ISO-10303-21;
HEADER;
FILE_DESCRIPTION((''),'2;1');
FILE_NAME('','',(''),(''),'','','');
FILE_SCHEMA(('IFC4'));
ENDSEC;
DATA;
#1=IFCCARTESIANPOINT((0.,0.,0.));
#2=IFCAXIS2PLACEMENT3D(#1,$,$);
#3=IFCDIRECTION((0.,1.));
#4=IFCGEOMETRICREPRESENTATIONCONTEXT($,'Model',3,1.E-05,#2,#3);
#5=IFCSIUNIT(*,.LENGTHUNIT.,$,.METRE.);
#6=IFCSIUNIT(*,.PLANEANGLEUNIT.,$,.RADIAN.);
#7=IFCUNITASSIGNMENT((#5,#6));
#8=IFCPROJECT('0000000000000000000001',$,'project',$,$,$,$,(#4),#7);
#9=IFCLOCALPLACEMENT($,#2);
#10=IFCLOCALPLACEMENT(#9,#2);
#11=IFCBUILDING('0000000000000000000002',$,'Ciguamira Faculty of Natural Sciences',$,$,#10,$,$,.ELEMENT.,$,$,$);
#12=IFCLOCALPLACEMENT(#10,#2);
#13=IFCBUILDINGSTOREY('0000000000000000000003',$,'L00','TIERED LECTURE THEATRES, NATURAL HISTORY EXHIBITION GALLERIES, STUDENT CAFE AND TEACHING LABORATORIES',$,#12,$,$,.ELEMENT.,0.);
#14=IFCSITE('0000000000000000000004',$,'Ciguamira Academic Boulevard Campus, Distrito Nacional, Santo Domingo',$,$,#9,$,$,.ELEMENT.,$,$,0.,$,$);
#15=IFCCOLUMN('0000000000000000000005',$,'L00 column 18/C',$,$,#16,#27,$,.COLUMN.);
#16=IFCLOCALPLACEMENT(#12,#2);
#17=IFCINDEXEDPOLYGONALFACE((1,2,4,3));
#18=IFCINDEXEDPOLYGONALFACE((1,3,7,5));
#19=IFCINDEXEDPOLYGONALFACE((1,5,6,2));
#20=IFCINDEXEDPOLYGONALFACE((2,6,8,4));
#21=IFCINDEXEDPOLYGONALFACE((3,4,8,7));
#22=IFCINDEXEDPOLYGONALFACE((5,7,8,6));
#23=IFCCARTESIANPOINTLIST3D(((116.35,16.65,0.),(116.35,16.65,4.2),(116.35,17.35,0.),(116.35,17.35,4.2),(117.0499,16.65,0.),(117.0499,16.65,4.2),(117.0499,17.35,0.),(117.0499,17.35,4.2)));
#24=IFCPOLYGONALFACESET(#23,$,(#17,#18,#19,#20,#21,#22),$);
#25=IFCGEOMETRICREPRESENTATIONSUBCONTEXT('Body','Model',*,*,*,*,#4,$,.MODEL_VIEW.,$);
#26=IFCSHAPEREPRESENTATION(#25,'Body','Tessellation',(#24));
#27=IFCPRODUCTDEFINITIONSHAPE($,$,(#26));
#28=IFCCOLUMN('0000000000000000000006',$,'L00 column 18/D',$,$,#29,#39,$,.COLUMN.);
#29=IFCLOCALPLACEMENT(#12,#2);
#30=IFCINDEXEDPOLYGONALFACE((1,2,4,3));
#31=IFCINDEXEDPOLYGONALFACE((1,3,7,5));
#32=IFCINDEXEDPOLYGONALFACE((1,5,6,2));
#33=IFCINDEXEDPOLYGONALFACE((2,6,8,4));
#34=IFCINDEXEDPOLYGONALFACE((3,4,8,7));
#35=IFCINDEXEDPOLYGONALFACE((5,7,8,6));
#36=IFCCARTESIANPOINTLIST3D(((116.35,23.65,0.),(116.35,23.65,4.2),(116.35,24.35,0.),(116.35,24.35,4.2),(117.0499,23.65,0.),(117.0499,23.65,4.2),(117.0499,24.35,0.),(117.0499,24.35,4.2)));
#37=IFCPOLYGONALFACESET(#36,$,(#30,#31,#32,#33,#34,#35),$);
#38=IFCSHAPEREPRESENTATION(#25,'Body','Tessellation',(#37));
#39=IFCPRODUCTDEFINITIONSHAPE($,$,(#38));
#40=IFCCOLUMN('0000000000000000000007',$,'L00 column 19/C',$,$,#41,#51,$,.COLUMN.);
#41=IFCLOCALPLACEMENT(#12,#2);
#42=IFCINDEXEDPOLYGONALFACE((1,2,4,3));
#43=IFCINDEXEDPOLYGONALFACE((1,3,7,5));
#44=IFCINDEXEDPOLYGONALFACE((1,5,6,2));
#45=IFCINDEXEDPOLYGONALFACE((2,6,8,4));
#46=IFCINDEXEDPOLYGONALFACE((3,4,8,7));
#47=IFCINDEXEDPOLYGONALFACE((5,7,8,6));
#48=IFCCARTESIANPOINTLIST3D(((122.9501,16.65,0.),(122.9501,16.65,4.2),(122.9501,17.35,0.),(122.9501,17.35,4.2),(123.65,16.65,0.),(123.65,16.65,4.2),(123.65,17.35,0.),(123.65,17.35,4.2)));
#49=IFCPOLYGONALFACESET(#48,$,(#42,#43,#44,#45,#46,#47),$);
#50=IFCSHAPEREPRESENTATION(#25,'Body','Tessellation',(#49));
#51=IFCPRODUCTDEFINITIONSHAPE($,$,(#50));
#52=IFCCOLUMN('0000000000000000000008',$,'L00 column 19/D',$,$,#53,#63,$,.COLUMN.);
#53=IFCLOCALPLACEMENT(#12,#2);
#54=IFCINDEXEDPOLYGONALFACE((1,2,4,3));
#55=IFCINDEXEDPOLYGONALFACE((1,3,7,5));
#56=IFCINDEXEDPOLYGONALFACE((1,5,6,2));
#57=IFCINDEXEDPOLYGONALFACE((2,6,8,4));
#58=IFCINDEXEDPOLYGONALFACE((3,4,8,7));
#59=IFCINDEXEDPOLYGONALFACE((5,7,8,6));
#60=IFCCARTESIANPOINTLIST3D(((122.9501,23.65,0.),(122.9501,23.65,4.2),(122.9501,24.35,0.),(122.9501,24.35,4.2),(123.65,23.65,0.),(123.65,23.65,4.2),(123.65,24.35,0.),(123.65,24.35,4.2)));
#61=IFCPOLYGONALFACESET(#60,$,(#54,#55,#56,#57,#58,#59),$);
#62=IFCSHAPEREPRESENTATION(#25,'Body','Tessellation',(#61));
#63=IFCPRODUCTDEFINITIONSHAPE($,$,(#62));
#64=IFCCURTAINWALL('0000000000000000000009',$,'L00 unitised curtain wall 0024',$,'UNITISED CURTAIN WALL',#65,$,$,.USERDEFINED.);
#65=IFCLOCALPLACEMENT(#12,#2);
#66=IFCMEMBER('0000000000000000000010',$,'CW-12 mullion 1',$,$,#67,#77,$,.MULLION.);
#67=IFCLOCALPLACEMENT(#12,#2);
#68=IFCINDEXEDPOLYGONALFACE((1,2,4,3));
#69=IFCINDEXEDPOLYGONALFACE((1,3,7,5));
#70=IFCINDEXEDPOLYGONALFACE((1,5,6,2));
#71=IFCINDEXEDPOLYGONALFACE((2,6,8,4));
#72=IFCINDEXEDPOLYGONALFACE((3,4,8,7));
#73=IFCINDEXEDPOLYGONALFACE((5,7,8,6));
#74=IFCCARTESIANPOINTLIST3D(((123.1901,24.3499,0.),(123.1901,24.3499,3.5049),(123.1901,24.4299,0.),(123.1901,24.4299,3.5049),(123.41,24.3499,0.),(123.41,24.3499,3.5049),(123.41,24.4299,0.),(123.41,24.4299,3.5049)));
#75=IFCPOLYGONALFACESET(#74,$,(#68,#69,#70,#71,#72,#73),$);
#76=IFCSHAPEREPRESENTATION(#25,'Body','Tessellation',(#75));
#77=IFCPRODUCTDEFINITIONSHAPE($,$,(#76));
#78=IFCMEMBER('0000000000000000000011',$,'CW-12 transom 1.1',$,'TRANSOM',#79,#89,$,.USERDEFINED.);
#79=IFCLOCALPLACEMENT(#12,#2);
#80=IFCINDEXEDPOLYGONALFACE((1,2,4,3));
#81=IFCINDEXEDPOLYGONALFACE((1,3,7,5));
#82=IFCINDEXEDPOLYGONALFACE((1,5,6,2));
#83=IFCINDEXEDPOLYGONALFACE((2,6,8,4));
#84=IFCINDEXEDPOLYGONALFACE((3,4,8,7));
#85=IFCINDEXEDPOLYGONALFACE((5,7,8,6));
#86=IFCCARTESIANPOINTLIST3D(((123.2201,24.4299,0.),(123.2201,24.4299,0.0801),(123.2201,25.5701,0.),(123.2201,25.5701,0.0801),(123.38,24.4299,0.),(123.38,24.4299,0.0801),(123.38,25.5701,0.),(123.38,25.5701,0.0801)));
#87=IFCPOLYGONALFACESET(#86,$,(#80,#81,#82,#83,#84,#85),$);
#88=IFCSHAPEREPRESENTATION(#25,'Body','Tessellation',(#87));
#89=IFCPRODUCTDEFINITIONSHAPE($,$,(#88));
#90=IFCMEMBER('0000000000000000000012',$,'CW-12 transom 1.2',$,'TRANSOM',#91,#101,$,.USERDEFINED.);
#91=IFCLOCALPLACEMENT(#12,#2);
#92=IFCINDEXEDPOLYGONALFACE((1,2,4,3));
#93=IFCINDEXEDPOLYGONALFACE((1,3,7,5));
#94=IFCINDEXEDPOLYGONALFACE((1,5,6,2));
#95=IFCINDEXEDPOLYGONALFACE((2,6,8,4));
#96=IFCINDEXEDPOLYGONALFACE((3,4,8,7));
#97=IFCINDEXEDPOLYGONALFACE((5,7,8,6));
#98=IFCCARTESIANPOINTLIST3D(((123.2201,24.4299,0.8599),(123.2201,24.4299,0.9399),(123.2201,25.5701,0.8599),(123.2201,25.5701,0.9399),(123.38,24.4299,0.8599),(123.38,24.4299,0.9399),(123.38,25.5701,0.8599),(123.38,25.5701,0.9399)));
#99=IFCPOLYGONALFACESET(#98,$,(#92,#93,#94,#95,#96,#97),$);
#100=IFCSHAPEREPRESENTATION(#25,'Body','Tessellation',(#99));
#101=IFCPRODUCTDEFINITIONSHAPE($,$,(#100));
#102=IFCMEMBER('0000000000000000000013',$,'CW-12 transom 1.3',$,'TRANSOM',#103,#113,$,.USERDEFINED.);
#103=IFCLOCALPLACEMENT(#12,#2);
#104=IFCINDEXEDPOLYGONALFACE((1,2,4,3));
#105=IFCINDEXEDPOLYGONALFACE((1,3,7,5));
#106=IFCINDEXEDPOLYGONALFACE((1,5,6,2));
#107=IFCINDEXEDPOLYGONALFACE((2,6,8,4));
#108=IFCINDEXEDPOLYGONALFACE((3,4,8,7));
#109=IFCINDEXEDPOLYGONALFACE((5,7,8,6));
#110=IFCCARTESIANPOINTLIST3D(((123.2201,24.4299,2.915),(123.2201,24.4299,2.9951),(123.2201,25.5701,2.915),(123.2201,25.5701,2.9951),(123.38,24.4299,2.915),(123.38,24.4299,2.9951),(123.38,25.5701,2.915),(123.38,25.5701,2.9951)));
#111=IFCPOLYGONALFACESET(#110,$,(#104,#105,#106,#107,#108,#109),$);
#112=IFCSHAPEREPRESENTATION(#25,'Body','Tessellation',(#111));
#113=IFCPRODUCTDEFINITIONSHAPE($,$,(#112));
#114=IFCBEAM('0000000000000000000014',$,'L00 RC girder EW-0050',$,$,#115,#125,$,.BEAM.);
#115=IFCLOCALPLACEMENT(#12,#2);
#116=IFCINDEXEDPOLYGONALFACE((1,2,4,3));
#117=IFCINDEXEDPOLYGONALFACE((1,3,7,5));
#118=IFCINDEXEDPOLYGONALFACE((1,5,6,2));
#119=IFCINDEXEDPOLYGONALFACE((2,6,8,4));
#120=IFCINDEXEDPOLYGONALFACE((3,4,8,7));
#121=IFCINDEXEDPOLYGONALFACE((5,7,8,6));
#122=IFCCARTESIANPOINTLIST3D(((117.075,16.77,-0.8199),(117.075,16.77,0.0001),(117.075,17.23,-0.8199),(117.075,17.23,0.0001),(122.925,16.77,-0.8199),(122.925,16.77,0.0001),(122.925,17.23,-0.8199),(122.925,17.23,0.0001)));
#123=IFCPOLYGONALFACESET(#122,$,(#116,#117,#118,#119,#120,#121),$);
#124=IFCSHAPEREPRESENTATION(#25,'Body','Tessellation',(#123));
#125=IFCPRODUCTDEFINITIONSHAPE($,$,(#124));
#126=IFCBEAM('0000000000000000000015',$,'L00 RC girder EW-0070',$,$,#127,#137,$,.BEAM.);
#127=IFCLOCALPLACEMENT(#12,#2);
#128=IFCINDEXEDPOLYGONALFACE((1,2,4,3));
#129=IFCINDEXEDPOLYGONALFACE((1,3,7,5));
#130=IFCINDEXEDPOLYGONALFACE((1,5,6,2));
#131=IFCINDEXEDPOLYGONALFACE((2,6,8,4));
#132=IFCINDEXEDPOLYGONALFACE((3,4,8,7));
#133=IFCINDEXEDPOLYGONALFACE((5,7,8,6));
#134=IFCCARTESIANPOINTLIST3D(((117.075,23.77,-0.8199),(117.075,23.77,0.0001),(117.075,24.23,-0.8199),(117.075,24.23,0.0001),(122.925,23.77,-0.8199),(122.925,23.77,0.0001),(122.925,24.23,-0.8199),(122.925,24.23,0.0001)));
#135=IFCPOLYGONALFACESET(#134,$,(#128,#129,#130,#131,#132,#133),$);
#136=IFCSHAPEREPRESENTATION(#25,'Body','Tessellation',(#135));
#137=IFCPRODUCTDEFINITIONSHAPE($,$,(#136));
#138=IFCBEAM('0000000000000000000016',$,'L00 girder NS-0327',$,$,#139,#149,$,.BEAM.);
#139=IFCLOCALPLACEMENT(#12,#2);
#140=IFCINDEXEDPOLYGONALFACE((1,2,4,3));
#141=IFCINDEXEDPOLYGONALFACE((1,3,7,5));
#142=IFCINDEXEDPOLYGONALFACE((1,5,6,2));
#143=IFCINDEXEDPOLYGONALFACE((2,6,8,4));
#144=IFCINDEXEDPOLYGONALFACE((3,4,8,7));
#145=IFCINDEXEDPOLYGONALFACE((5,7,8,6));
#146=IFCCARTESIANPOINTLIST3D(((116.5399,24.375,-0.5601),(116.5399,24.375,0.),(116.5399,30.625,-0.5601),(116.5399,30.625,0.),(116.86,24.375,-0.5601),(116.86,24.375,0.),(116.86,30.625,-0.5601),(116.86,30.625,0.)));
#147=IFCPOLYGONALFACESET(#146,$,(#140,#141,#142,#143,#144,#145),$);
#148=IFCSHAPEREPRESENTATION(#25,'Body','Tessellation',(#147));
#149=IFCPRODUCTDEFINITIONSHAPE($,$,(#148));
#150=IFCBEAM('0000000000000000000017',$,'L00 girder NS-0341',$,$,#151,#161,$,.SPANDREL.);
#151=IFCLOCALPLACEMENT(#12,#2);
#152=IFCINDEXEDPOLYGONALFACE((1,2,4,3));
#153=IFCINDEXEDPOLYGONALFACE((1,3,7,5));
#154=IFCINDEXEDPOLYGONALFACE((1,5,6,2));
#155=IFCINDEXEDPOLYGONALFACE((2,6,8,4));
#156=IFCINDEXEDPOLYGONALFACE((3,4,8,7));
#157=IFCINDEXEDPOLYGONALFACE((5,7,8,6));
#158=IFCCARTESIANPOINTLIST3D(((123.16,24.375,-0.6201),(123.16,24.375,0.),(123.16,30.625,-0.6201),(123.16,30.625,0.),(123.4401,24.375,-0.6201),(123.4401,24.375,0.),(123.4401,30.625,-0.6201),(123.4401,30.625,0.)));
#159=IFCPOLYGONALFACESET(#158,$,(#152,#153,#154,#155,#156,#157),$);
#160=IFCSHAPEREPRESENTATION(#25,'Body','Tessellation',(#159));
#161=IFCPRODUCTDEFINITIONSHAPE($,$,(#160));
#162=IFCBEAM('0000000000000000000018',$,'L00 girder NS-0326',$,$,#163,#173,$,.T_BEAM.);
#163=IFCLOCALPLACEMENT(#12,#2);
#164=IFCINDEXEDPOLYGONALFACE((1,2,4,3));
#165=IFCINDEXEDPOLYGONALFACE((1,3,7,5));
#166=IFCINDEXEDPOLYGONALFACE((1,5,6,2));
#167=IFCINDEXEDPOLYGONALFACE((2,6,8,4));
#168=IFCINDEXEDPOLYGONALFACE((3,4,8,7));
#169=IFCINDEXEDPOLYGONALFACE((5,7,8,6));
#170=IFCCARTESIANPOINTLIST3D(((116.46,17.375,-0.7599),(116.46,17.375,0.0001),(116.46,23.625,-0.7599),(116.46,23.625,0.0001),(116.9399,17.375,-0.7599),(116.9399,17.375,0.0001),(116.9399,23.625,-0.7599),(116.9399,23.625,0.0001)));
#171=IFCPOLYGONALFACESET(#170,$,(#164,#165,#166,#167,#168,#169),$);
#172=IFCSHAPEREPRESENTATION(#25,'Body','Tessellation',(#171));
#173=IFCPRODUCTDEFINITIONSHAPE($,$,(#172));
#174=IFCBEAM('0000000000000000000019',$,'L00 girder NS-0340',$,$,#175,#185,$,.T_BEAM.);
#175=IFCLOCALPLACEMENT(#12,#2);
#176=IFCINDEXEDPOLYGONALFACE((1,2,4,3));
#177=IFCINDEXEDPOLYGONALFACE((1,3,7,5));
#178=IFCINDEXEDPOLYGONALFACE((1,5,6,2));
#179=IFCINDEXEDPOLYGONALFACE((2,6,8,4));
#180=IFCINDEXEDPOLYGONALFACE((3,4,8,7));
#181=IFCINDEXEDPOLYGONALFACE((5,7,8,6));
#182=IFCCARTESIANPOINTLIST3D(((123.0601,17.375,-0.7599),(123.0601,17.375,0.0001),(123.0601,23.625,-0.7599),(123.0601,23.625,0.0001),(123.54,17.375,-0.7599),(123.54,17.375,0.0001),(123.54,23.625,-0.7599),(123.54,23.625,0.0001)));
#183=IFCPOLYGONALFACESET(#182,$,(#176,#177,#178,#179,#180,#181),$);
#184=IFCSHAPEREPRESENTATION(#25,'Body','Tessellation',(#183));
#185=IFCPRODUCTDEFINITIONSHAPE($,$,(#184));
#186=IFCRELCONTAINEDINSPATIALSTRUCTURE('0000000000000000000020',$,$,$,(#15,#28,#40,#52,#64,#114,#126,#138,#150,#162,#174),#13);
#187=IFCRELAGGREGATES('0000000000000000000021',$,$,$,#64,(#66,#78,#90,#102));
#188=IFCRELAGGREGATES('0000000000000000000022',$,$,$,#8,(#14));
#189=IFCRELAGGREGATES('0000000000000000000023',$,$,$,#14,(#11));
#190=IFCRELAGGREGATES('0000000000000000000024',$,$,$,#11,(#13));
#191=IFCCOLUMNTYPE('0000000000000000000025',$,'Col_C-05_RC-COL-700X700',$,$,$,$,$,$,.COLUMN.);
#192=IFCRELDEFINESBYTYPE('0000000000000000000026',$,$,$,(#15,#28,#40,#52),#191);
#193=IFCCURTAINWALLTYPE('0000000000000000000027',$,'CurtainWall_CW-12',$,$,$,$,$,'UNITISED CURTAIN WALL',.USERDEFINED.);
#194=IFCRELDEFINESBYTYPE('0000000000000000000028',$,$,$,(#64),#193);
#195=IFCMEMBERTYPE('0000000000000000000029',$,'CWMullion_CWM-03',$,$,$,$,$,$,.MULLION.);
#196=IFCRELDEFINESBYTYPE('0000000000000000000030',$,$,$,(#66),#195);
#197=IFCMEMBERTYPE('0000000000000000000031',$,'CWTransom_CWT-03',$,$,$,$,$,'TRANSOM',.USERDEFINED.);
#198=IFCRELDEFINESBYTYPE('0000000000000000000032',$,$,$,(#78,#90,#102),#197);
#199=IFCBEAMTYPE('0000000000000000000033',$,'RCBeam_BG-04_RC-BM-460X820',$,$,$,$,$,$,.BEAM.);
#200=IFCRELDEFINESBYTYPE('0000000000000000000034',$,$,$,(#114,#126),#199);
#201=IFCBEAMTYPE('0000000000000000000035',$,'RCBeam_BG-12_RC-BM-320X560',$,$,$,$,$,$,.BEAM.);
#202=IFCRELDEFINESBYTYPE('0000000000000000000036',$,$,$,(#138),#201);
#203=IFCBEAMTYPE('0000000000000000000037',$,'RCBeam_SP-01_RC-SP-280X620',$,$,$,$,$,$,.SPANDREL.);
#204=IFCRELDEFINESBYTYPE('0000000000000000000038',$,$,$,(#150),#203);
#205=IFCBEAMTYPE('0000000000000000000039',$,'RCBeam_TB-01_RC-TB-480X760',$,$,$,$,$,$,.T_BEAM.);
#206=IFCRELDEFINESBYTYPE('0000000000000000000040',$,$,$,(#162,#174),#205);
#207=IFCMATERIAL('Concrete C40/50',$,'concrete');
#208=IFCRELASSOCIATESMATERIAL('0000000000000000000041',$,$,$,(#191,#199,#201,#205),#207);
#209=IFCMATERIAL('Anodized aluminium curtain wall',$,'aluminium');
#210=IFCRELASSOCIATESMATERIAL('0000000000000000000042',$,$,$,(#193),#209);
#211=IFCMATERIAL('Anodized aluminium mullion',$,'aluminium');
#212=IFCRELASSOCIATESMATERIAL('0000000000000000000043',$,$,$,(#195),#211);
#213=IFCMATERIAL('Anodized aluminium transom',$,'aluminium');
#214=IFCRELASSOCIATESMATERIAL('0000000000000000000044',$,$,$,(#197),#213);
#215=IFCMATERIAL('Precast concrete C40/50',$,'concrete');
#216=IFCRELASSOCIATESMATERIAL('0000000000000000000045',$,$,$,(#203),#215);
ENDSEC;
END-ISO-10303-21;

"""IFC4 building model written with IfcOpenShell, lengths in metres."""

from ifc_helpers import new_model, si_unit, direction, frame, origin, origin_2d, place, context, subcontext, project, spatial, rectangle, extrude, material, material_profile, profile_set, type_object, element, aggregate, save


model = new_model("IFC4")

# Units and contexts
model_context = context("Model", 3, precision=1e-05, world=origin(), true_north=direction((0.0, 1.0)))
body_context = subcontext(model_context, "Body", "Model", "MODEL_VIEW")
ifc_project = project(units=[si_unit("LENGTHUNIT", "METRE"), si_unit("PLANEANGLEUNIT", "RADIAN")], contexts=[model_context])

# Site, building, storey
site_placement = place(None, origin())
site = spatial("IfcSite", under=ifc_project, at=site_placement, Name="Ciguamira Academic Boulevard Campus, Distrito Nacional, Santo Domingo", CompositionType="ELEMENT", RefElevation=0.0)
building_placement = place(site_placement, origin())
building = spatial("IfcBuilding", under=site, at=building_placement, Name="Ciguamira Faculty of Natural Sciences", CompositionType="ELEMENT")
storey_placement = place(building_placement, origin())
storey = spatial("IfcBuildingStorey", under=building, at=storey_placement, Name="L00", Description="TIERED LECTURE THEATRES, NATURAL HISTORY EXHIBITION GALLERIES, STUDENT CAFE AND TEACHING LABORATORIES", CompositionType="ELEMENT", Elevation=0.0)

# Columns
ifc_material_1 = material(Name="Concrete C40/50", Category="concrete")
ifc_material_profile_1 = material_profile(ifc_material_1, rectangle(XDim=0.7, YDim=0.7, at=origin_2d()), Name="RC-COL-700X700")
ifc_profile_set_1 = profile_set([ifc_material_profile_1], Name="Concrete C40/50")
column_type = type_object("IfcColumnType", Name="Col_C-05_RC-COL-700X700", PredefinedType="COLUMN", material=ifc_profile_set_1)
for number, where, z_axis, x_axis, name in (
    (1, (116.7, 17.0, 0.0), (0.0, 0.0, 1.0), (1.0, 0.0, 0.0), "L00 column 18/C"),
    (2, (116.7, 24.0, 0.0), (0.0, 0.0, 1.0), (1.0, 0.0, 0.0), "L00 column 18/D"),
    (3, (123.3, 17.0, 0.0), (0.0, 0.0, 1.0), (1.0, 0.0, 0.0), "L00 column 19/C"),
    (4, (123.3, 24.0, 0.0), (0.0, 0.0, 1.0), (1.0, 0.0, 0.0), "L00 column 19/D"),
):
    element("IfcColumn", number, at=place(storey_placement, frame(where, z_axis=z_axis, x_axis=x_axis)), inside=storey, type_object=column_type, Name=name, PredefinedType="COLUMN", context=body_context, shape_type="SweptSolid", body=[
        extrude(rectangle(XDim=0.7, YDim=0.7, at=origin_2d()), origin(), (0.0, 0.0, 1.0), 4.2),
    ])

# Curtain wall, members
ifc_material_2 = material(Name="Anodized aluminium curtain wall", Category="aluminium")
curtain_wall_type = type_object("IfcCurtainWallType", Name="CurtainWall_CW-12", ElementType="UNITISED CURTAIN WALL", PredefinedType="USERDEFINED", material=ifc_material_2)
curtain_wall_placement = place(storey_placement, origin())
curtain_wall = element("IfcCurtainWall", 5, at=curtain_wall_placement, inside=storey, type_object=curtain_wall_type, Name="L00 unitised curtain wall 0024", ObjectType="UNITISED CURTAIN WALL", PredefinedType="USERDEFINED")
ifc_material_3 = material(Name="Anodized aluminium mullion", Category="aluminium")
ifc_material_profile_2 = material_profile(ifc_material_3, rectangle(XDim=0.0801, YDim=0.22, at=origin_2d()), Name="ALU-MUL-80X220")
ifc_profile_set_2 = profile_set([ifc_material_profile_2], Name="Anodized aluminium mullion")
member_type_1 = type_object("IfcMemberType", Name="CWMullion_CWM-03", PredefinedType="MULLION", material=ifc_profile_set_2)
member_1_placement = place(storey_placement, frame((123.3, 24.3899, 0.0), z_axis=(0.0, 0.0, 1.0), x_axis=(0.0, 1.0, 0.0)))
member_1 = element("IfcMember", 6, at=member_1_placement, type_object=member_type_1, Name="CW-12 mullion 1", PredefinedType="MULLION", context=body_context, shape_type="SweptSolid", body=[
    extrude(rectangle(XDim=0.0801, YDim=0.22, at=origin_2d()), origin(), (0.0, 0.0, 1.0), 3.5049),
])
ifc_material_4 = material(Name="Anodized aluminium transom", Category="aluminium")
ifc_material_profile_3 = material_profile(ifc_material_4, rectangle(XDim=0.0801, YDim=0.1599, at=origin_2d()), Name="ALU-TRN-80X160")
ifc_profile_set_3 = profile_set([ifc_material_profile_3], Name="Anodized aluminium transom")
member_type_2 = type_object("IfcMemberType", Name="CWTransom_CWT-03", ElementType="TRANSOM", PredefinedType="USERDEFINED", material=ifc_profile_set_3)
member_2_placement = place(storey_placement, frame((123.3, 24.4299, 0.04), z_axis=(0.0, 1.0, 0.0), x_axis=(0.0, 0.0, 1.0)))
member_2 = element("IfcMember", 7, at=member_2_placement, type_object=member_type_2, Name="CW-12 transom 1.1", ObjectType="TRANSOM", PredefinedType="USERDEFINED", context=body_context, shape_type="SweptSolid", body=[
    extrude(rectangle(XDim=0.0801, YDim=0.1599, at=origin_2d()), origin(), (0.0, 0.0, 1.0), 1.1401),
])
member_3_placement = place(storey_placement, frame((123.3, 24.4299, 0.8999), z_axis=(0.0, 1.0, 0.0), x_axis=(0.0, 0.0, 1.0)))
member_3 = element("IfcMember", 8, at=member_3_placement, type_object=member_type_2, Name="CW-12 transom 1.2", ObjectType="TRANSOM", PredefinedType="USERDEFINED", context=body_context, shape_type="SweptSolid", body=[
    extrude(rectangle(XDim=0.0801, YDim=0.1599, at=origin_2d()), origin(), (0.0, 0.0, 1.0), 1.1401),
])
member_4_placement = place(storey_placement, frame((123.3, 24.4299, 2.9551), z_axis=(0.0, 1.0, 0.0), x_axis=(0.0, 0.0, 1.0)))
member_4 = element("IfcMember", 9, at=member_4_placement, type_object=member_type_2, Name="CW-12 transom 1.3", ObjectType="TRANSOM", PredefinedType="USERDEFINED", context=body_context, shape_type="SweptSolid", body=[
    extrude(rectangle(XDim=0.0801, YDim=0.1599, at=origin_2d()), origin(), (0.0, 0.0, 1.0), 1.1401),
])
aggregate(curtain_wall, [member_1, member_2, member_3, member_4])

# Beams
ifc_material_profile_4 = material_profile(ifc_material_1, rectangle(XDim=0.46, YDim=0.8201, at=origin_2d()), Name="RC-BM-460X820")
ifc_profile_set_4 = profile_set([ifc_material_profile_4], Name="Concrete C40/50")
beam_type_1 = type_object("IfcBeamType", Name="RCBeam_BG-04_RC-BM-460X820", PredefinedType="BEAM", material=ifc_profile_set_4)
for number, where, z_axis, x_axis, name in (
    (10, (117.075, 17.0, -0.4099), (1.0, 0.0, 0.0), (0.0, 1.0, 0.0), "L00 RC girder EW-0050"),
    (11, (117.075, 24.0, -0.4099), (1.0, 0.0, 0.0), (0.0, 1.0, 0.0), "L00 RC girder EW-0070"),
):
    element("IfcBeam", number, at=place(storey_placement, frame(where, z_axis=z_axis, x_axis=x_axis)), inside=storey, type_object=beam_type_1, Name=name, PredefinedType="BEAM", context=body_context, shape_type="SweptSolid", body=[
        extrude(rectangle(XDim=0.46, YDim=0.8201, at=origin_2d()), origin(), (0.0, 0.0, 1.0), 5.8501),
    ])
ifc_material_profile_5 = material_profile(ifc_material_1, rectangle(XDim=0.3201, YDim=0.5601, at=origin_2d()), Name="RC-BM-320X560")
ifc_profile_set_5 = profile_set([ifc_material_profile_5], Name="Concrete C40/50")
beam_type_2 = type_object("IfcBeamType", Name="RCBeam_BG-12_RC-BM-320X560", PredefinedType="BEAM", material=ifc_profile_set_5)
beam_1_placement = place(storey_placement, frame((116.7, 24.375, -0.28), z_axis=(0.0, 1.0, 0.0), x_axis=(-1.0, 0.0, 0.0)))
element("IfcBeam", 12, at=beam_1_placement, inside=storey, type_object=beam_type_2, Name="L00 girder NS-0327", PredefinedType="BEAM", context=body_context, shape_type="SweptSolid", body=[
    extrude(rectangle(XDim=0.3201, YDim=0.5601, at=origin_2d()), origin(), (0.0, 0.0, 1.0), 6.25),
])
ifc_material_5 = material(Name="Precast concrete C40/50", Category="concrete")
ifc_material_profile_6 = material_profile(ifc_material_5, rectangle(XDim=0.28, YDim=0.6201, at=origin_2d()), Name="RC-SP-280X620")
ifc_profile_set_6 = profile_set([ifc_material_profile_6], Name="Precast concrete C40/50")
beam_type_3 = type_object("IfcBeamType", Name="RCBeam_SP-01_RC-SP-280X620", PredefinedType="SPANDREL", material=ifc_profile_set_6)
beam_2_placement = place(storey_placement, frame((123.3, 24.375, -0.3101), z_axis=(0.0, 1.0, 0.0), x_axis=(-1.0, 0.0, 0.0)))
element("IfcBeam", 13, at=beam_2_placement, inside=storey, type_object=beam_type_3, Name="L00 girder NS-0341", PredefinedType="SPANDREL", context=body_context, shape_type="SweptSolid", body=[
    extrude(rectangle(XDim=0.28, YDim=0.6201, at=origin_2d()), origin(), (0.0, 0.0, 1.0), 6.25),
])
ifc_material_profile_7 = material_profile(ifc_material_1, rectangle(XDim=0.48, YDim=0.76, at=origin_2d()), Name="RC-TB-480X760")
ifc_profile_set_7 = profile_set([ifc_material_profile_7], Name="Concrete C40/50")
beam_type_4 = type_object("IfcBeamType", Name="RCBeam_TB-01_RC-TB-480X760", PredefinedType="T_BEAM", material=ifc_profile_set_7)
for number, where, z_axis, x_axis, name in (
    (14, (116.7, 17.375, -0.3799), (0.0, 1.0, 0.0), (-1.0, 0.0, 0.0), "L00 girder NS-0326"),
    (15, (123.3, 17.375, -0.3799), (0.0, 1.0, 0.0), (-1.0, 0.0, 0.0), "L00 girder NS-0340"),
):
    element("IfcBeam", number, at=place(storey_placement, frame(where, z_axis=z_axis, x_axis=x_axis)), inside=storey, type_object=beam_type_4, Name=name, PredefinedType="T_BEAM", context=body_context, shape_type="SweptSolid", body=[
        extrude(rectangle(XDim=0.48, YDim=0.76, at=origin_2d()), origin(), (0.0, 0.0, 1.0), 6.25),
    ])

save(model, "model.ifc")
